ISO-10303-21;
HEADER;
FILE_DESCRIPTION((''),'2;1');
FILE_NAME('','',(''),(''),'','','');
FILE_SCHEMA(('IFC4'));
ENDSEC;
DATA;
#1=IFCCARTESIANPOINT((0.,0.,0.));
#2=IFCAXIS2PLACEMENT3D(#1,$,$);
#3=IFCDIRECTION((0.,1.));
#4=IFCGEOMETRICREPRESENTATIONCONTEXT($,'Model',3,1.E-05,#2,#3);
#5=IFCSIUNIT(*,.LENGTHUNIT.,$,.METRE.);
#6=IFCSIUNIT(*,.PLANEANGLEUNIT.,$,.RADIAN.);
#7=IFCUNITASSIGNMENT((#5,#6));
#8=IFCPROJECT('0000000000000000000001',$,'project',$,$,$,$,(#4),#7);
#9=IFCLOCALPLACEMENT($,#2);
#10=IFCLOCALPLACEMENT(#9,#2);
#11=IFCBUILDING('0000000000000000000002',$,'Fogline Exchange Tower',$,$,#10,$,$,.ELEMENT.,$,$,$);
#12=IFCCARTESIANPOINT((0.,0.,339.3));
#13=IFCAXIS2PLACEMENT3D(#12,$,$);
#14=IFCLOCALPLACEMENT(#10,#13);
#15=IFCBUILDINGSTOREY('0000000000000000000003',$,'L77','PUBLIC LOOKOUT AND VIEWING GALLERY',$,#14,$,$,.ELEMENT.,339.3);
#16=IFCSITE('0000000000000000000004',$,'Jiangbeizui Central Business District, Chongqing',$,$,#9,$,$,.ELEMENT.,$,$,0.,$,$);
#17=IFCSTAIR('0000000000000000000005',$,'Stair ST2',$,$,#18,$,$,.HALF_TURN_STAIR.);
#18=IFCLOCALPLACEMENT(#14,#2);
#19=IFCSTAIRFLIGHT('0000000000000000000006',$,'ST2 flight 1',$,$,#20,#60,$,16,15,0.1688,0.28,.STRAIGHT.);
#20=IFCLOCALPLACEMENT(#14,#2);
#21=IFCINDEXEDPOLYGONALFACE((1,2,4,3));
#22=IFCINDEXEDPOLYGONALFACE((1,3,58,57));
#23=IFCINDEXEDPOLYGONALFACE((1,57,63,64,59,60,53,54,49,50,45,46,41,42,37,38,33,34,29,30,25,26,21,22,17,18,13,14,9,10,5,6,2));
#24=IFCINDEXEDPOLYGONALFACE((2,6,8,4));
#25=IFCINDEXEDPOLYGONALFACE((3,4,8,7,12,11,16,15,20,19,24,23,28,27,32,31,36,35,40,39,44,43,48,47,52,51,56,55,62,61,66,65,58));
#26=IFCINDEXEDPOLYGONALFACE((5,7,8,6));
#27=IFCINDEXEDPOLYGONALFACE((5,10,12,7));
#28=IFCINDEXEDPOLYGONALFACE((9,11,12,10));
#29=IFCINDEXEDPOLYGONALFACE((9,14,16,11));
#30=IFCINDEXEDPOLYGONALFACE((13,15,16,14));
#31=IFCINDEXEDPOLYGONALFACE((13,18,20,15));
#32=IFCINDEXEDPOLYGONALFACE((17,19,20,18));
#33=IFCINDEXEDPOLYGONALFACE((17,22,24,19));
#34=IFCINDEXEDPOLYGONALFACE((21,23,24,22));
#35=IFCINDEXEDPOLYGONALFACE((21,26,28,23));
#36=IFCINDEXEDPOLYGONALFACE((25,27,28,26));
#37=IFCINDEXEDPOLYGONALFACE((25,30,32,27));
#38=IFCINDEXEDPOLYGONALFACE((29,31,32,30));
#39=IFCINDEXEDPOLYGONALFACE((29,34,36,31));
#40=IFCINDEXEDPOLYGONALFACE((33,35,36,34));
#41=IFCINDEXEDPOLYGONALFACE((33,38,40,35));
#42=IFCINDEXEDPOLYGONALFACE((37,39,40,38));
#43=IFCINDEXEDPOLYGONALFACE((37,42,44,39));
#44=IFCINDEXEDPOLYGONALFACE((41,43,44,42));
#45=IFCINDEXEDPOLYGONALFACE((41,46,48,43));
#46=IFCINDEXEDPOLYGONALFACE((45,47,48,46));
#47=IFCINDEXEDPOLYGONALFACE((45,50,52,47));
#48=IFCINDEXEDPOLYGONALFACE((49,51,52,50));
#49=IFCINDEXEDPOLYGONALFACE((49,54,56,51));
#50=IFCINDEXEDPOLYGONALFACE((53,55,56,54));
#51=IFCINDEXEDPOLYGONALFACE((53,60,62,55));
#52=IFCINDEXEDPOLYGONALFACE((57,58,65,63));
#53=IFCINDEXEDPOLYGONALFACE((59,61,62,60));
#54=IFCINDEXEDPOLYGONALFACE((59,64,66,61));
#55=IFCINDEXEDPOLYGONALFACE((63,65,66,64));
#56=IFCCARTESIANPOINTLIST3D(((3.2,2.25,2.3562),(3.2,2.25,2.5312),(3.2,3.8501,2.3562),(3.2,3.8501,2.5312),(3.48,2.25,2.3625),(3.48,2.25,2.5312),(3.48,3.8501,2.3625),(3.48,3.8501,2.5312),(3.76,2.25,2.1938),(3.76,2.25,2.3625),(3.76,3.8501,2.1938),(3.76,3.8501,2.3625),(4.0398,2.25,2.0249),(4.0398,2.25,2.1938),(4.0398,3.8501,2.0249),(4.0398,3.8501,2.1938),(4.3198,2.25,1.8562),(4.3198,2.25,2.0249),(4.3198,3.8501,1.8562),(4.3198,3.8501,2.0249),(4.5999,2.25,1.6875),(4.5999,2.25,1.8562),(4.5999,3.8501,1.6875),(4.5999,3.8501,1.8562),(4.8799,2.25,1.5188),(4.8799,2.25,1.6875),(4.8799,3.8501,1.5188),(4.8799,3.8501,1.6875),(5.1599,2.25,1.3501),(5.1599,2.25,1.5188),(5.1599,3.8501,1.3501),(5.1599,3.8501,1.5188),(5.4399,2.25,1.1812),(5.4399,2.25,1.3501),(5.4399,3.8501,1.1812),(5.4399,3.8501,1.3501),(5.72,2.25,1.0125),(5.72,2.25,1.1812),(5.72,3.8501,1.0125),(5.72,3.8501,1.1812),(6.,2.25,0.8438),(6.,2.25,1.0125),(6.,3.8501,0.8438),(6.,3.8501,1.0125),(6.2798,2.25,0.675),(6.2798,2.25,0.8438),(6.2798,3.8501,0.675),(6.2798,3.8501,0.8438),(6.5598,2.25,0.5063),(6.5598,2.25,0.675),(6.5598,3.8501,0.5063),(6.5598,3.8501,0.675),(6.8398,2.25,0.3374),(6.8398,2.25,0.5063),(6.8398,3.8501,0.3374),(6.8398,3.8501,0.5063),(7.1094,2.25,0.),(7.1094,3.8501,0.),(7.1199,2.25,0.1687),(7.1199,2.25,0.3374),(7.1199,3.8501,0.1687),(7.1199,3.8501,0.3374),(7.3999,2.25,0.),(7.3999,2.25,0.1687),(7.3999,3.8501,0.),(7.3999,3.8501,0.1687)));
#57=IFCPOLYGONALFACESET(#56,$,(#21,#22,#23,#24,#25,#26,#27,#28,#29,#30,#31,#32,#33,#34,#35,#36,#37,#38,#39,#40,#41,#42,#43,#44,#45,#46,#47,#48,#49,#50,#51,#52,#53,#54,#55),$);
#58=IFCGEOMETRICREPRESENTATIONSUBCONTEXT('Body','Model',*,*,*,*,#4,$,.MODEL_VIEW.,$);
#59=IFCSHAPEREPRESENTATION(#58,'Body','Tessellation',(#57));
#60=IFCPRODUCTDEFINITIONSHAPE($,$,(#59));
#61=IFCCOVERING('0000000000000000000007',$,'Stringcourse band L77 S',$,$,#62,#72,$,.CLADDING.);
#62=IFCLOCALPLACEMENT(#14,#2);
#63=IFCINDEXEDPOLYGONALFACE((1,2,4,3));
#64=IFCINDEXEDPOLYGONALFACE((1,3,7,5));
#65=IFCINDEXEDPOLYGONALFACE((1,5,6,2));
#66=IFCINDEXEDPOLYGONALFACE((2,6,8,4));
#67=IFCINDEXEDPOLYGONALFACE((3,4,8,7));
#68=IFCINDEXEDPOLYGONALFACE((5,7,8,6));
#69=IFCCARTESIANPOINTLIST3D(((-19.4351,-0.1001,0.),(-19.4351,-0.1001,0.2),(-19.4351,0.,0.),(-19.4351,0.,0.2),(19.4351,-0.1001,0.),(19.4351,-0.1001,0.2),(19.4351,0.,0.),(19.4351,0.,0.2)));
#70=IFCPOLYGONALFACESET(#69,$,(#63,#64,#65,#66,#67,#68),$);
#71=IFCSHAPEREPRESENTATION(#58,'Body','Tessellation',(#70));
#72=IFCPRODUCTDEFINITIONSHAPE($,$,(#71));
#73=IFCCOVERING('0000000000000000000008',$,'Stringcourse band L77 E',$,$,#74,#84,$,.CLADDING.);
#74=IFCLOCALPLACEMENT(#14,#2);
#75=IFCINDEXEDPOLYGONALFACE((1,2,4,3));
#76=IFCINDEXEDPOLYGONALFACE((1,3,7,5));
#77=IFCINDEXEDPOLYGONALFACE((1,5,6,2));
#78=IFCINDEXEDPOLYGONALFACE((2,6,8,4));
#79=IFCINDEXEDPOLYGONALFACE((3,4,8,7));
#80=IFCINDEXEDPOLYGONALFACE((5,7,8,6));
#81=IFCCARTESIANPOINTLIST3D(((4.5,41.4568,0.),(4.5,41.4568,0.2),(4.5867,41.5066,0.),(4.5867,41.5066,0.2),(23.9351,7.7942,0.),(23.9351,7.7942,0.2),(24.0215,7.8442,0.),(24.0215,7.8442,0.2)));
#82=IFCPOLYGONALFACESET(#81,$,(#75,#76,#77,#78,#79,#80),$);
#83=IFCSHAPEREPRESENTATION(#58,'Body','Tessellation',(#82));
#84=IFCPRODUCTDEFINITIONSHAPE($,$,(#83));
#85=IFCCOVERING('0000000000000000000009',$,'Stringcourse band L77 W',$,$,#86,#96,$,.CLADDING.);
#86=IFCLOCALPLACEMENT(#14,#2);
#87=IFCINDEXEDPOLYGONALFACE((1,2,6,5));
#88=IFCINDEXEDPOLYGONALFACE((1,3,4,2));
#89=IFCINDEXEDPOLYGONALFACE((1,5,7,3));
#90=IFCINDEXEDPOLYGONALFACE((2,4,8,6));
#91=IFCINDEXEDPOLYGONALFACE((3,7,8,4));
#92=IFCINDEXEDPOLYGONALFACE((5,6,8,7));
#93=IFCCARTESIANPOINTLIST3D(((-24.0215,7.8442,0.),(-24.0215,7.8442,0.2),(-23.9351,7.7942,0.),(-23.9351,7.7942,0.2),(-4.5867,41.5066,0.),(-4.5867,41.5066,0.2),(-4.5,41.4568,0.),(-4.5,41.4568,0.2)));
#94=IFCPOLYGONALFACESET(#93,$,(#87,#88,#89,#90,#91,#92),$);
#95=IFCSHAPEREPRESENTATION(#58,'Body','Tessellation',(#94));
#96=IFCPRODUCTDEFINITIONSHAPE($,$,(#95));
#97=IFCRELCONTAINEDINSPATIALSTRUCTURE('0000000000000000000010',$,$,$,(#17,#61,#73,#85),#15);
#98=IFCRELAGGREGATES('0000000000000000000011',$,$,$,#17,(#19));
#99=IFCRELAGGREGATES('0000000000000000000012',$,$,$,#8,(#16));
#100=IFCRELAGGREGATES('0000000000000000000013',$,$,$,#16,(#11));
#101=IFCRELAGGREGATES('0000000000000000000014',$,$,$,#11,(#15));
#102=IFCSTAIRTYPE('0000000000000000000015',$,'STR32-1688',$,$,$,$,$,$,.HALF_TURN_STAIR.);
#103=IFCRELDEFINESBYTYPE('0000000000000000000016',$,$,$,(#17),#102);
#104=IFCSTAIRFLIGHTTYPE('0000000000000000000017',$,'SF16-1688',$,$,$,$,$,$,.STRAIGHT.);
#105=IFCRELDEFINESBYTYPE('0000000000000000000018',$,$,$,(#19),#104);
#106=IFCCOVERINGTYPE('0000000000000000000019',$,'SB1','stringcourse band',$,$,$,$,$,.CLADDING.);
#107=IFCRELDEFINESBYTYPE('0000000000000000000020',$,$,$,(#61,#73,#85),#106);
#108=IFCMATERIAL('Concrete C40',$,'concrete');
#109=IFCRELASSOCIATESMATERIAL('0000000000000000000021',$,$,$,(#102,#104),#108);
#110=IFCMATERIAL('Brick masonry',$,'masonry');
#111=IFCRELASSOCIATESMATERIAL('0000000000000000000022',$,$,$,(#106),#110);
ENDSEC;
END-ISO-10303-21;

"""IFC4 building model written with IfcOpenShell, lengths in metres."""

from ifc_helpers import new_model, si_unit, direction, frame, origin, place, context, subcontext, project, spatial, polyline, outline, extrude, material, type_object, element, aggregate, save


model = new_model("IFC4")

# Units and contexts
model_context = context("Model", 3, precision=1e-05, world=origin(), true_north=direction((0.0, 1.0)))
body_context = subcontext(model_context, "Body", "Model", "MODEL_VIEW")
ifc_project = project(units=[si_unit("LENGTHUNIT", "METRE"), si_unit("PLANEANGLEUNIT", "RADIAN")], contexts=[model_context])

# Site, building, storey
site_placement = place(None, origin())
site = spatial("IfcSite", under=ifc_project, at=site_placement, Name="Jiangbeizui Central Business District, Chongqing", CompositionType="ELEMENT", RefElevation=0.0)
building_placement = place(site_placement, origin())
building = spatial("IfcBuilding", under=site, at=building_placement, Name="Fogline Exchange Tower", CompositionType="ELEMENT")
storey_placement = place(building_placement, frame((0.0, 0.0, 339.3)))
storey = spatial("IfcBuildingStorey", under=building, at=storey_placement, Name="L77", Description="PUBLIC LOOKOUT AND VIEWING GALLERY", CompositionType="ELEMENT", Elevation=339.3)

# Shared definitions
ifc_material_1 = material(Name="Concrete C40", Category="concrete")

# Stair
stair_type = type_object("IfcStairType", Name="STR32-1688", PredefinedType="HALF_TURN_STAIR", material=ifc_material_1)
stair_1_placement = place(storey_placement, origin())
stair_1 = element("IfcStair", 1, at=stair_1_placement, inside=storey, type_object=stair_type, Name="Stair ST2", PredefinedType="HALF_TURN_STAIR")

# Stair flight
stair_flight_type = type_object("IfcStairFlightType", Name="SF16-1688", PredefinedType="STRAIGHT", material=ifc_material_1)
stair_flight_placement = place(storey_placement, frame((7.3999, 3.05, 0.0), z_axis=(0.0, 0.0, 1.0), x_axis=(-1.0, 0.0, 0.0)))
stair_flight = element("IfcStairFlight", 2, at=stair_flight_placement, type_object=stair_flight_type, Name="ST2 flight 1", NumberOfRisers=16, NumberOfTreads=15, PredefinedType="STRAIGHT", RiserHeight=0.1688, TreadLength=0.28, context=body_context, shape_type="SweptSolid", body=[
    extrude(outline(polyline([(0.0, 0.0), (0.0, 0.1687), (0.28, 0.1687), (0.28, 0.3374), (0.5601, 0.3374), (0.5601, 0.5063), (0.8401, 0.5063), (0.8401, 0.675), (1.1201, 0.675), (1.1201, 0.8438), (1.3999, 0.8438), (1.3999, 1.0125), (1.6799, 1.0125), (1.6799, 1.1812), (1.96, 1.1812), (1.96, 1.3501), (2.24, 1.3501), (2.24, 1.5188), (2.52, 1.5188), (2.52, 1.6875), (2.8, 1.6875), (2.8, 1.8562), (3.0801, 1.8562), (3.0801, 2.0249), (3.3601, 2.0249), (3.3601, 2.1938), (3.6399, 2.1938), (3.6399, 2.3625), (3.9199, 2.3625), (3.9199, 2.5312), (4.2, 2.5312), (4.2, 2.7), (4.2, 2.3562), (0.2905, 0.0), (0.0, 0.0)])), frame((0.0, 0.8, 0.0), z_axis=(0.0, -1.0, 0.0), x_axis=(1.0, 0.0, 0.0)), (0.0, 0.0, 1.0), 1.6001),
])
aggregate(stair_1, [stair_flight])

# Coverings
ifc_material_2 = material(Name="Brick masonry", Category="masonry")
covering_type = type_object("IfcCoveringType", Name="SB1", Description="stringcourse band", PredefinedType="CLADDING", material=ifc_material_2)
covering_1_placement = place(storey_placement, origin())
element("IfcCovering", 3, at=covering_1_placement, inside=storey, type_object=covering_type, Name="Stringcourse band L77 S", PredefinedType="CLADDING", context=body_context, shape_type="SweptSolid", body=[
    extrude(outline(polyline([(-19.4351, 0.0), (-19.4351, -0.1001), (19.4351, -0.1001), (19.4351, 0.0), (-19.4351, 0.0)])), origin(), (0.0, 0.0, 1.0), 0.2),
])
covering_2_placement = place(storey_placement, origin())
element("IfcCovering", 4, at=covering_2_placement, inside=storey, type_object=covering_type, Name="Stringcourse band L77 E", PredefinedType="CLADDING", context=body_context, shape_type="SweptSolid", body=[
    extrude(outline(polyline([(23.9351, 7.7942), (24.0215, 7.8442), (4.5867, 41.5066), (4.5, 41.4568), (23.9351, 7.7942)])), origin(), (0.0, 0.0, 1.0), 0.2),
])
covering_3_placement = place(storey_placement, origin())
element("IfcCovering", 5, at=covering_3_placement, inside=storey, type_object=covering_type, Name="Stringcourse band L77 W", PredefinedType="CLADDING", context=body_context, shape_type="SweptSolid", body=[
    extrude(outline(polyline([(-4.5, 41.4568), (-4.5867, 41.5066), (-24.0215, 7.8442), (-23.9351, 7.7942), (-4.5, 41.4568)])), origin(), (0.0, 0.0, 1.0), 0.2),
])

save(model, "model.ifc")
